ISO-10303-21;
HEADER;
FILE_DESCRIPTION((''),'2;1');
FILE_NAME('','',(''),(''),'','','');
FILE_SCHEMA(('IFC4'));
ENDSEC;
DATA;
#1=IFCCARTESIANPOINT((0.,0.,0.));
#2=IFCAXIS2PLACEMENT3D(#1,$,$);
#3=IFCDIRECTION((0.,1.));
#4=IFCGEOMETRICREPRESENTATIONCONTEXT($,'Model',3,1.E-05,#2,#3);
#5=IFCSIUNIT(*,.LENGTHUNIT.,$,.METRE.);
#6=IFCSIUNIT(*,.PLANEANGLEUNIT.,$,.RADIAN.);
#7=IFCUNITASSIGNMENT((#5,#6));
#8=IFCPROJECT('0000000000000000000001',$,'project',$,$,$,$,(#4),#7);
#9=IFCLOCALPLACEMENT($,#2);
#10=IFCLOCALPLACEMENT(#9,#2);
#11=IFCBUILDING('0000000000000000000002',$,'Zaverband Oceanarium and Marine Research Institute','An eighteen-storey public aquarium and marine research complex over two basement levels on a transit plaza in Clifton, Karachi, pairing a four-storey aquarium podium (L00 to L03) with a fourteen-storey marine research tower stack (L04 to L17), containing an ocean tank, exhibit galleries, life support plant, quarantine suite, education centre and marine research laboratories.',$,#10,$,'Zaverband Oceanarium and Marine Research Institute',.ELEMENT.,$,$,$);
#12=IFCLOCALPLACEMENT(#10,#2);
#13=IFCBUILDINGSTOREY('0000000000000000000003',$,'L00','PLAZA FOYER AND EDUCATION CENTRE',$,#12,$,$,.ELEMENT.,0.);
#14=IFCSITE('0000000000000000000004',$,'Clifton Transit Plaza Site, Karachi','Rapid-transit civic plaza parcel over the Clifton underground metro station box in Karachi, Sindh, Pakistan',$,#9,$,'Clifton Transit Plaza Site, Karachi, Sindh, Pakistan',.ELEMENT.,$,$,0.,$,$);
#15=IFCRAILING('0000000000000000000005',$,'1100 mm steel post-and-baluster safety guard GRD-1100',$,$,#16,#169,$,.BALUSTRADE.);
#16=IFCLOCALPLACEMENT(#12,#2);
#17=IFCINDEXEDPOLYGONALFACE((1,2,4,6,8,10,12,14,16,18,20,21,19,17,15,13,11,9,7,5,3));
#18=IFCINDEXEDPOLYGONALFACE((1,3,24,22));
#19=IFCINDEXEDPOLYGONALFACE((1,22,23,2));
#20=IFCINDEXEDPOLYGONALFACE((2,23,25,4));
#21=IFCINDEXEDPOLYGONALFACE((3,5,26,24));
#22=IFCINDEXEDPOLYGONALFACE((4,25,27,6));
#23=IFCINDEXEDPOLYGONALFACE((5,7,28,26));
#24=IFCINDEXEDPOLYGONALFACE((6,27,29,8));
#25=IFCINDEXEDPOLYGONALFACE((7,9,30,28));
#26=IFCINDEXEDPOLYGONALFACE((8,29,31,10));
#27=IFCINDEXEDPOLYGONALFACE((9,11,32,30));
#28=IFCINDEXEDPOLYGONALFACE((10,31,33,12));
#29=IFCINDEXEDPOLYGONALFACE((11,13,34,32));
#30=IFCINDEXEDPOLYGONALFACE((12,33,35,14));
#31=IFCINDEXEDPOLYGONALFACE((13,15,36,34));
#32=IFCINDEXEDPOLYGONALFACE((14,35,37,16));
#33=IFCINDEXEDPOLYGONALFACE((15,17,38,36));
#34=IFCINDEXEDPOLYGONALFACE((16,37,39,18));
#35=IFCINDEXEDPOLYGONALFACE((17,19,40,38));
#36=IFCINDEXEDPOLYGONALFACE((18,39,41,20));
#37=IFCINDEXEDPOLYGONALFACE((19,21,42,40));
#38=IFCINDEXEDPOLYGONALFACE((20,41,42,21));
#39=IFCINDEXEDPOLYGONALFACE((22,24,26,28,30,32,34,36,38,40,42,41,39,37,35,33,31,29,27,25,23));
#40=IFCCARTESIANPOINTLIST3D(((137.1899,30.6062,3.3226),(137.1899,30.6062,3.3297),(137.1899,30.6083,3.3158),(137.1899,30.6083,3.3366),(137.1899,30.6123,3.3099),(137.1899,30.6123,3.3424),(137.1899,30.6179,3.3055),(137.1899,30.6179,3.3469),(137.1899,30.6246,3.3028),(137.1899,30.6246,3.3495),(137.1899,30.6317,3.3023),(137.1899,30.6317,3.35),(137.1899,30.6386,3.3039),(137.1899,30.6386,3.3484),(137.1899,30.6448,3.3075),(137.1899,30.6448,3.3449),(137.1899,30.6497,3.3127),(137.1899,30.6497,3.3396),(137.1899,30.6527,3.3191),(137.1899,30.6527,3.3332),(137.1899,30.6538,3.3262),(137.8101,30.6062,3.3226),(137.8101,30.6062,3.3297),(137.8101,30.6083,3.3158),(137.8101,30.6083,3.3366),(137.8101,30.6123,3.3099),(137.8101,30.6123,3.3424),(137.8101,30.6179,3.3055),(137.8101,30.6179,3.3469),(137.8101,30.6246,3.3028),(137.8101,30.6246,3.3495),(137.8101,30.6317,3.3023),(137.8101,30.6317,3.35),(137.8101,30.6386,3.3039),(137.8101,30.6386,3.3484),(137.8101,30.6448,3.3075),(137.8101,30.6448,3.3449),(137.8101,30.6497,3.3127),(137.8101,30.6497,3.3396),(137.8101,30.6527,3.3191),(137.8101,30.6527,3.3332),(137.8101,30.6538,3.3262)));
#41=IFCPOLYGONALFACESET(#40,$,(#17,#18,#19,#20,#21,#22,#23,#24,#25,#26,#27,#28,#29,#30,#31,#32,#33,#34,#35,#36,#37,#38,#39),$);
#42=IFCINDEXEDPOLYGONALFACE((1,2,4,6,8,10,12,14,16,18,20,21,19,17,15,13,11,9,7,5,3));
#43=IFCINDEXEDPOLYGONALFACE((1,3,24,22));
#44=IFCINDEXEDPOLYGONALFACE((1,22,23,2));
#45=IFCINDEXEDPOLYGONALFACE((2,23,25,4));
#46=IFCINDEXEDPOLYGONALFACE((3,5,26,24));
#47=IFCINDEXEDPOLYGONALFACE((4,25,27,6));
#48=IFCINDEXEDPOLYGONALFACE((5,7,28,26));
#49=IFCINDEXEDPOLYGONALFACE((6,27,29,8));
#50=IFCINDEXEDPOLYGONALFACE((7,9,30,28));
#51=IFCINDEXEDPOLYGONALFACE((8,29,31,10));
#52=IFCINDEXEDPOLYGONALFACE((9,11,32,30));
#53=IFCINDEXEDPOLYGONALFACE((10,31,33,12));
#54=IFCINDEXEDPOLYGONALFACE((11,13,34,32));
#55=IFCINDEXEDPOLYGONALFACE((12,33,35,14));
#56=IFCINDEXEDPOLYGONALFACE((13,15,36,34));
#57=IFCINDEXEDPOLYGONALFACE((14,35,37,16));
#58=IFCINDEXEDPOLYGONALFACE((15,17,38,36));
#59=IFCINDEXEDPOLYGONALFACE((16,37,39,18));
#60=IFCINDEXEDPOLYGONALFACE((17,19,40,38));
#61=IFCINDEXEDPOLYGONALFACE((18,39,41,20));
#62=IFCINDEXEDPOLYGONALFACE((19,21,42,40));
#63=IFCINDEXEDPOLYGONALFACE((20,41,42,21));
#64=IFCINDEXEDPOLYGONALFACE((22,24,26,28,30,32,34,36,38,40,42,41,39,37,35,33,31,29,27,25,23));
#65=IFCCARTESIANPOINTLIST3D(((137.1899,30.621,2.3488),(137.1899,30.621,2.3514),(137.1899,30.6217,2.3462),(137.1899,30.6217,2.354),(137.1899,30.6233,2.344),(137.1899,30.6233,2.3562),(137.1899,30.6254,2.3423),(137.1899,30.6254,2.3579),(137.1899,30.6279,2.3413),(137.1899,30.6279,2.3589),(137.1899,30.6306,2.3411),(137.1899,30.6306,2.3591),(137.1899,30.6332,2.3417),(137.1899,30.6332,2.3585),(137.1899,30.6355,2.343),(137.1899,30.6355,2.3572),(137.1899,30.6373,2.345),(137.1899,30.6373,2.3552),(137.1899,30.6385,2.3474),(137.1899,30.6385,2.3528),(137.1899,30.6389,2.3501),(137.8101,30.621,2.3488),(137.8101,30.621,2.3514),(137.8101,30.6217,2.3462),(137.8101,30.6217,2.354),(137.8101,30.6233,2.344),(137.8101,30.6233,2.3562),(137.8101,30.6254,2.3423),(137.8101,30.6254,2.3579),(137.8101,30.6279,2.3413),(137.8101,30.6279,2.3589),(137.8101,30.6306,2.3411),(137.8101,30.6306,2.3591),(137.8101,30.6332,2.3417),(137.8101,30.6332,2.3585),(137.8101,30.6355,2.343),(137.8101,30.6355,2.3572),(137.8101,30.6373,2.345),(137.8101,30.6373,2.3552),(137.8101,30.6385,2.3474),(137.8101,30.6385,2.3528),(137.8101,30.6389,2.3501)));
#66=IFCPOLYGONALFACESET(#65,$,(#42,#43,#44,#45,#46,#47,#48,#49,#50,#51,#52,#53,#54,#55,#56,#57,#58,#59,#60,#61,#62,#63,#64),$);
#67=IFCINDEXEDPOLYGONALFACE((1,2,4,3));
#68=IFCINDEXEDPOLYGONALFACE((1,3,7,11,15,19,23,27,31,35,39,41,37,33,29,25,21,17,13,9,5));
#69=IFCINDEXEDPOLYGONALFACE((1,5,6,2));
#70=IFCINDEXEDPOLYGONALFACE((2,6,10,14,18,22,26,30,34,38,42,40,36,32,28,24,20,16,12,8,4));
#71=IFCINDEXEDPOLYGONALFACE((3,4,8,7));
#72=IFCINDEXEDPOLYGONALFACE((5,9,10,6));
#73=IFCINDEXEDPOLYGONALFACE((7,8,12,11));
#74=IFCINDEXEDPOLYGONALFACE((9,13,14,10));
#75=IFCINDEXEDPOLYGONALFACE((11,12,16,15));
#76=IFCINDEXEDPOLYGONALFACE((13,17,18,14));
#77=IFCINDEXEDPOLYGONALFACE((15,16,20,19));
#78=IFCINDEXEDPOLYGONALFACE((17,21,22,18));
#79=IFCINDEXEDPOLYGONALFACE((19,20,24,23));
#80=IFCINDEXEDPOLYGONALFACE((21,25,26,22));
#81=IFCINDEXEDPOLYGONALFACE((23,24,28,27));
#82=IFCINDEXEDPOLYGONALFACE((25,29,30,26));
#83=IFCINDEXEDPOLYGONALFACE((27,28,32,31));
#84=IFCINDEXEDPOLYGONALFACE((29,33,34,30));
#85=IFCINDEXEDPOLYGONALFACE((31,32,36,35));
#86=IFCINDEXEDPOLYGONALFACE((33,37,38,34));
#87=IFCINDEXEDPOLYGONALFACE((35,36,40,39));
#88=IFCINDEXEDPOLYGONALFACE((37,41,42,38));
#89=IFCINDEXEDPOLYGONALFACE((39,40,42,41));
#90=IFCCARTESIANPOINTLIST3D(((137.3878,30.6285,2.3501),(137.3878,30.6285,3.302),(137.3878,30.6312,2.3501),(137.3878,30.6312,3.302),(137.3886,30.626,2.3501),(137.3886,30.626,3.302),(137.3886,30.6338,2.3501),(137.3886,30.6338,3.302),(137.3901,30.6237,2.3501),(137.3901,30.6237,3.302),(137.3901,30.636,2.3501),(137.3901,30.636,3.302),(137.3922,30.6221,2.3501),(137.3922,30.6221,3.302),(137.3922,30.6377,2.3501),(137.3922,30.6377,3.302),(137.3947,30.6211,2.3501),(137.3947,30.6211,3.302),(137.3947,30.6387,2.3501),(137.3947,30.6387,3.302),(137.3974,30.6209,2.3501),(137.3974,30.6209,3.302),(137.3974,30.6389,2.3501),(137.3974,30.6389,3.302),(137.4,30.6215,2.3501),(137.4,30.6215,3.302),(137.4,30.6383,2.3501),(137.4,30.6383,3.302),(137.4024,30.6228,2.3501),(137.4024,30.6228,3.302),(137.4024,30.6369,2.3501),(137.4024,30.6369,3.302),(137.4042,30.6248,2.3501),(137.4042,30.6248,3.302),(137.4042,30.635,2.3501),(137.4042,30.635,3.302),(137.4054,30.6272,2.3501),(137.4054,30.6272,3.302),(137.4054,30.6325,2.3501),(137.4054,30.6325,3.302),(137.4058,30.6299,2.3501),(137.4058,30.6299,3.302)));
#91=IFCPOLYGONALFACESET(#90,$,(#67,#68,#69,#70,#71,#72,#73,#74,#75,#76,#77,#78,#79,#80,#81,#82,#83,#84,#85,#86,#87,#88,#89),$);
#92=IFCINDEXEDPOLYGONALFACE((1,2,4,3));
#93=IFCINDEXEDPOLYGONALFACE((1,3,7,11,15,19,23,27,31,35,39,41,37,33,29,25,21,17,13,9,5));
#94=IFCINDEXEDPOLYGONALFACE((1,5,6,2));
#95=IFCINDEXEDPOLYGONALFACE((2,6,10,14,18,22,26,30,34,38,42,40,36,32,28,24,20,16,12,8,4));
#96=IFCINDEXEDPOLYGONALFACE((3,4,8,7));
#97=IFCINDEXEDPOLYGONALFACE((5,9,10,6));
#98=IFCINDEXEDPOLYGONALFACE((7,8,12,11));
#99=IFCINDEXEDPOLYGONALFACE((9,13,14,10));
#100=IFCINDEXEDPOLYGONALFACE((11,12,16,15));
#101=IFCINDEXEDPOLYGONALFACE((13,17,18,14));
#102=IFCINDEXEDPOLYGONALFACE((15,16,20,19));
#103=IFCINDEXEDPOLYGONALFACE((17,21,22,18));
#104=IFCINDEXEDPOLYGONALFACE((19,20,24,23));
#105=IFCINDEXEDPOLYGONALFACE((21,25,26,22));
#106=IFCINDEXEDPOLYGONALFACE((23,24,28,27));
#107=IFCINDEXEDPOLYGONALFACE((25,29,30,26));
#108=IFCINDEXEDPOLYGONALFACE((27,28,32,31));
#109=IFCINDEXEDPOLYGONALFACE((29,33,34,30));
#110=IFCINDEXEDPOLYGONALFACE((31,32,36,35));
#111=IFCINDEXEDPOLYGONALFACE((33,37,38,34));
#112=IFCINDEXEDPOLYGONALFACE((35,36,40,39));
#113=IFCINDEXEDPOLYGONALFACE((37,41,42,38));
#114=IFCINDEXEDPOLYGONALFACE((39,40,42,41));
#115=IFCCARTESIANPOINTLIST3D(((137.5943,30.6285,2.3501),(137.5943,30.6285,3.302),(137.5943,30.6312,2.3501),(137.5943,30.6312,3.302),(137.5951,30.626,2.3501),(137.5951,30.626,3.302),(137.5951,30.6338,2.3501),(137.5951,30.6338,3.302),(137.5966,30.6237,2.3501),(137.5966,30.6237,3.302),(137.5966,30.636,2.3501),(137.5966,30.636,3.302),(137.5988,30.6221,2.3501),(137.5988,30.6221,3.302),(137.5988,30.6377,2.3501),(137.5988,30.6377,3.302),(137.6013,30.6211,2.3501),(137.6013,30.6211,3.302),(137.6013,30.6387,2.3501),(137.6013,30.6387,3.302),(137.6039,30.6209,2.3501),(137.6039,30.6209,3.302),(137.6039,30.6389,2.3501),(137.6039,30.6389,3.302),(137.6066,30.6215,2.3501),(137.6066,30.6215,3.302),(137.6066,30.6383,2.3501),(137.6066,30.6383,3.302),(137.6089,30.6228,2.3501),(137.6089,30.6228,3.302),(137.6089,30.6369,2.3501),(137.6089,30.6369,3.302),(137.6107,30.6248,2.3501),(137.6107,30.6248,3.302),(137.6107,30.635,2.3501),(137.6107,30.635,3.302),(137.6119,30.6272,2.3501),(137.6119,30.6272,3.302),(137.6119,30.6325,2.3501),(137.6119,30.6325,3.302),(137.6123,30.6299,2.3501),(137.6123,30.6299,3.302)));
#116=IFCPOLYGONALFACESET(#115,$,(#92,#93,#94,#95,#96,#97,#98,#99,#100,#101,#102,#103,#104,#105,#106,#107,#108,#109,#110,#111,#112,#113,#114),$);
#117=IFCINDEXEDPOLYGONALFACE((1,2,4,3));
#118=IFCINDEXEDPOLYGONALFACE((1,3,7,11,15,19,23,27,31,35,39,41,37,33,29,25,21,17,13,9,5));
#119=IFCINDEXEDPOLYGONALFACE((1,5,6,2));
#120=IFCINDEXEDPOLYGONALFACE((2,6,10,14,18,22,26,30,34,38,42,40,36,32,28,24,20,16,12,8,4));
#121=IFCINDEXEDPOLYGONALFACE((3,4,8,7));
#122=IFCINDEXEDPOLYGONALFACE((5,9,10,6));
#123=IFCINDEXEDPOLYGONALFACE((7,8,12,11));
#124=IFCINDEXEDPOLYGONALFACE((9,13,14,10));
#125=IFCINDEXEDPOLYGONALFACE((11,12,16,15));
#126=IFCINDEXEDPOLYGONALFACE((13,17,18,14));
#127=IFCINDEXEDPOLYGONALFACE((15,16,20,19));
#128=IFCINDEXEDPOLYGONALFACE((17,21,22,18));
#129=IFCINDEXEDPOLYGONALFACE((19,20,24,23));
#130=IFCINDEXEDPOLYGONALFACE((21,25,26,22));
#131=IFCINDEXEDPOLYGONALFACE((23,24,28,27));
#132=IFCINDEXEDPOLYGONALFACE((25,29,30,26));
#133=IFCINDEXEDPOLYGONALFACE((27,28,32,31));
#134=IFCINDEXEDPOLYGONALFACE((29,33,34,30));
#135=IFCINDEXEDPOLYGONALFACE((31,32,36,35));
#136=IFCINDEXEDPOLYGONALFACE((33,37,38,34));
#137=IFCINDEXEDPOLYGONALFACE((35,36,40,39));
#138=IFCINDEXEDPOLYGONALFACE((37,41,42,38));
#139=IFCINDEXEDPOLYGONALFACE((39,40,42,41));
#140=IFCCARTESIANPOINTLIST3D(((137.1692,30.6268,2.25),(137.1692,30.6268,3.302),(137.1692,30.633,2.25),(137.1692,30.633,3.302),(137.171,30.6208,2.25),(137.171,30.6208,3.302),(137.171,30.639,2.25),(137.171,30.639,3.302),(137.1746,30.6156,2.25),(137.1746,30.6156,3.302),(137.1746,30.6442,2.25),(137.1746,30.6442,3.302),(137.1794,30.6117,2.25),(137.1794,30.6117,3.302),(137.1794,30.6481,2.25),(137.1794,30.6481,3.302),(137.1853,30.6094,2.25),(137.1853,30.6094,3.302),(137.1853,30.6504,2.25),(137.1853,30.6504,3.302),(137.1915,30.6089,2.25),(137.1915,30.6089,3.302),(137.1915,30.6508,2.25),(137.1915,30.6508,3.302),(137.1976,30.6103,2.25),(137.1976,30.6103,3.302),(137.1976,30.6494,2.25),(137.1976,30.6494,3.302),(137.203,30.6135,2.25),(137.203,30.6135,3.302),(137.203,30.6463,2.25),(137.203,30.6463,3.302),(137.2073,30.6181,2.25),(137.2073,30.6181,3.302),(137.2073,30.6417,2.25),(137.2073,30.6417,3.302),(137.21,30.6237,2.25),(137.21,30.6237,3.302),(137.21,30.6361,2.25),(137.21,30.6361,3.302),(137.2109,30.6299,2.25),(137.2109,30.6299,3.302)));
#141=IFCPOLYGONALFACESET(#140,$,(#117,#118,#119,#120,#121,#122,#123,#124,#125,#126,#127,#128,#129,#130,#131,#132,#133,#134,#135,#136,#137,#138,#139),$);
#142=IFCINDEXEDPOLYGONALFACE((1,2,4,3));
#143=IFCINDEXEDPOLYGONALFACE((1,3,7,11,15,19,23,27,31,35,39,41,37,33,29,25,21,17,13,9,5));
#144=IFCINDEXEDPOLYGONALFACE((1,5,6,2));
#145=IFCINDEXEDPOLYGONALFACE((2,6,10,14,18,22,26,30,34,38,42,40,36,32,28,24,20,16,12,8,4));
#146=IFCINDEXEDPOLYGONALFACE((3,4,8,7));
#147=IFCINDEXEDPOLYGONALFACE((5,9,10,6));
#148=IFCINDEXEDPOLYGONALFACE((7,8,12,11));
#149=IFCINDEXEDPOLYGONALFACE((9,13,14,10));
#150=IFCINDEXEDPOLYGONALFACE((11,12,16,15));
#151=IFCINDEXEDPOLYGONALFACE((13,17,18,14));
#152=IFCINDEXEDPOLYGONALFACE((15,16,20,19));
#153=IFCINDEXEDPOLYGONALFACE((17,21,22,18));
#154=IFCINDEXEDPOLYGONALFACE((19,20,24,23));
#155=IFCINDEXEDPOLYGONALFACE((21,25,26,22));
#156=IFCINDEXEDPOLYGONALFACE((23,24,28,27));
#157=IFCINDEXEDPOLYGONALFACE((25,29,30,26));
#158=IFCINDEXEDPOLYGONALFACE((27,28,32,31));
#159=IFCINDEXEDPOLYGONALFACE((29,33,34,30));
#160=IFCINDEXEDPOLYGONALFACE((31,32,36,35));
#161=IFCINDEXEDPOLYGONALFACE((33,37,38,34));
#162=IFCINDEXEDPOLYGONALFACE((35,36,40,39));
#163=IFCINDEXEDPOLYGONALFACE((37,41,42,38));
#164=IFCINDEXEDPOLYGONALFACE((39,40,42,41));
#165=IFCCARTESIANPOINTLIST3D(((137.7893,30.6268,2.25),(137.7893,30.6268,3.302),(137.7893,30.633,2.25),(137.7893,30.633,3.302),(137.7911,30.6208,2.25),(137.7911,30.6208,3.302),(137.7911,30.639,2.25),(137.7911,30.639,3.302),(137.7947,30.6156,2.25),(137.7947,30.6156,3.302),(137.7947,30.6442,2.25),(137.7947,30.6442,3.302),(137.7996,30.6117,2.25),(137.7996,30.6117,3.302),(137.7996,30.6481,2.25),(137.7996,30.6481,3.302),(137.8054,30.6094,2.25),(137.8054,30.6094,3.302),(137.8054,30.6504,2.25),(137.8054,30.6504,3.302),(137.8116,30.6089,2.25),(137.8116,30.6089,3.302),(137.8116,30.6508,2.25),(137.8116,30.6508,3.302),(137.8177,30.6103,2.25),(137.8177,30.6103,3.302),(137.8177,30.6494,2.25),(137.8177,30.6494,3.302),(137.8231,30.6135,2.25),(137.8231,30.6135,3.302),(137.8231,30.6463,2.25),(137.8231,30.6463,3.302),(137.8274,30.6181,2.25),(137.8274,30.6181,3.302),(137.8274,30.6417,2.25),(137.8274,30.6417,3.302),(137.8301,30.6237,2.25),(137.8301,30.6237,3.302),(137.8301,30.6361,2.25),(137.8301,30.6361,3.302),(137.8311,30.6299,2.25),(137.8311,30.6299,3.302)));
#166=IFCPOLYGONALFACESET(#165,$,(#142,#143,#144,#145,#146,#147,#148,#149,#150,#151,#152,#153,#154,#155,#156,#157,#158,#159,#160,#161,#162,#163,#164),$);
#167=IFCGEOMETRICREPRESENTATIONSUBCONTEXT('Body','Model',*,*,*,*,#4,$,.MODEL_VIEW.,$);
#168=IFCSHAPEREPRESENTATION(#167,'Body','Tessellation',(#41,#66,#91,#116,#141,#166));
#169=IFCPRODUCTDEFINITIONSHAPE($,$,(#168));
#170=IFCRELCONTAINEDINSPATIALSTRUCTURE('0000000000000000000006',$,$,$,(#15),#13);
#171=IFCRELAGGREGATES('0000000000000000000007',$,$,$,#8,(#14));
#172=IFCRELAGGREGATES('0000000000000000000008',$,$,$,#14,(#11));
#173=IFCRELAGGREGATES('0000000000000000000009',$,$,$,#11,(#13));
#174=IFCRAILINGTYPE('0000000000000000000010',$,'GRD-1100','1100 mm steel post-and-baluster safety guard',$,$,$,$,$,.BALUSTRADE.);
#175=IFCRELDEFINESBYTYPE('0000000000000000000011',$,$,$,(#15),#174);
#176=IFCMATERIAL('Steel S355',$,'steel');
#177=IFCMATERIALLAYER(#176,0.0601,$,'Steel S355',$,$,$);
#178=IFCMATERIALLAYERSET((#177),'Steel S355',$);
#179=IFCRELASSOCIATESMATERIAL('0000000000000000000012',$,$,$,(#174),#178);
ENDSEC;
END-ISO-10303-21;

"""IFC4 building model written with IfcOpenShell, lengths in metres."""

from ifc_helpers import new_model, si_unit, direction, frame, origin, origin_2d, place, context, subcontext, project, spatial, circle, extrude, material, layer, layer_set, type_object, element, save


model = new_model("IFC4")

# Units and contexts
model_context = context("Model", 3, precision=1e-05, world=origin(), true_north=direction((0.0, 1.0)))
body_context = subcontext(model_context, "Body", "Model", "MODEL_VIEW")
ifc_project = project(units=[si_unit("LENGTHUNIT", "METRE"), si_unit("PLANEANGLEUNIT", "RADIAN")], contexts=[model_context])

# Site, building, storey
site_placement = place(None, origin())
site = spatial("IfcSite", under=ifc_project, at=site_placement, Name="Clifton Transit Plaza Site, Karachi", Description="Rapid-transit civic plaza parcel over the Clifton underground metro station box in Karachi, Sindh, Pakistan", LongName="Clifton Transit Plaza Site, Karachi, Sindh, Pakistan", CompositionType="ELEMENT", RefElevation=0.0)
building_placement = place(site_placement, origin())
building = spatial("IfcBuilding", under=site, at=building_placement, Name="Zaverband Oceanarium and Marine Research Institute", Description="An eighteen-storey public aquarium and marine research complex over two basement levels on a transit plaza in Clifton, Karachi, pairing a four-storey aquarium podium (L00 to L03) with a fourteen-storey marine research tower stack (L04 to L17), containing an ocean tank, exhibit galleries, life support plant, quarantine suite, education centre and marine research laboratories.", LongName="Zaverband Oceanarium and Marine Research Institute", CompositionType="ELEMENT")
storey_placement = place(building_placement, origin())
storey = spatial("IfcBuildingStorey", under=building, at=storey_placement, Name="L00", Description="PLAZA FOYER AND EDUCATION CENTRE", CompositionType="ELEMENT", Elevation=0.0)

# Shared definitions
ifc_material_1 = material(Name="Steel S355", Category="steel")

# Railing
ifc_layer_1 = layer(ifc_material_1, 0.0601, Name="Steel S355")
ifc_layer_set_1 = layer_set([ifc_layer_1], Name="Steel S355")
railing_type_1 = type_object("IfcRailingType", Name="GRD-1100", Description="1100 mm steel post-and-baluster safety guard", PredefinedType="BALUSTRADE", material=ifc_layer_set_1)
for number, where, name in (
    (1, (137.1899, 30.6299, 2.25), "1100 mm steel post-and-baluster safety guard GRD-1100"),
):
    element("IfcRailing", number, at=place(storey_placement, frame(where)), inside=storey, type_object=railing_type_1, Name=name, PredefinedType="BALUSTRADE", context=body_context, shape_type="SweptSolid", body=[
        extrude(circle(Radius=0.0239, at=origin_2d()), frame((0.0, 0.0, 1.0762), z_axis=(1.0, 0.0, 0.0), x_axis=(0.0, 1.0, 0.0)), (0.0, 0.0, 1.0), 0.6201),
        extrude(circle(Radius=0.009, at=origin_2d()), frame((0.0, 0.0, 0.1001), z_axis=(1.0, 0.0, 0.0), x_axis=(0.0, 1.0, 0.0)), (0.0, 0.0, 1.0), 0.6201),
        extrude(circle(Radius=0.009, at=origin_2d()), frame((0.2068, 0.0, 0.1001)), (0.0, 0.0, 1.0), 0.9519),
        extrude(circle(Radius=0.009, at=origin_2d()), frame((0.4133, 0.0, 0.1001)), (0.0, 0.0, 1.0), 0.9519),
        extrude(circle(Radius=0.021, at=origin_2d()), origin(), (0.0, 0.0, 1.0), 1.052),
        extrude(circle(Radius=0.021, at=origin_2d()), frame((0.6201, 0.0, 0.0)), (0.0, 0.0, 1.0), 1.052),
    ])

save(model, "model.ifc")
